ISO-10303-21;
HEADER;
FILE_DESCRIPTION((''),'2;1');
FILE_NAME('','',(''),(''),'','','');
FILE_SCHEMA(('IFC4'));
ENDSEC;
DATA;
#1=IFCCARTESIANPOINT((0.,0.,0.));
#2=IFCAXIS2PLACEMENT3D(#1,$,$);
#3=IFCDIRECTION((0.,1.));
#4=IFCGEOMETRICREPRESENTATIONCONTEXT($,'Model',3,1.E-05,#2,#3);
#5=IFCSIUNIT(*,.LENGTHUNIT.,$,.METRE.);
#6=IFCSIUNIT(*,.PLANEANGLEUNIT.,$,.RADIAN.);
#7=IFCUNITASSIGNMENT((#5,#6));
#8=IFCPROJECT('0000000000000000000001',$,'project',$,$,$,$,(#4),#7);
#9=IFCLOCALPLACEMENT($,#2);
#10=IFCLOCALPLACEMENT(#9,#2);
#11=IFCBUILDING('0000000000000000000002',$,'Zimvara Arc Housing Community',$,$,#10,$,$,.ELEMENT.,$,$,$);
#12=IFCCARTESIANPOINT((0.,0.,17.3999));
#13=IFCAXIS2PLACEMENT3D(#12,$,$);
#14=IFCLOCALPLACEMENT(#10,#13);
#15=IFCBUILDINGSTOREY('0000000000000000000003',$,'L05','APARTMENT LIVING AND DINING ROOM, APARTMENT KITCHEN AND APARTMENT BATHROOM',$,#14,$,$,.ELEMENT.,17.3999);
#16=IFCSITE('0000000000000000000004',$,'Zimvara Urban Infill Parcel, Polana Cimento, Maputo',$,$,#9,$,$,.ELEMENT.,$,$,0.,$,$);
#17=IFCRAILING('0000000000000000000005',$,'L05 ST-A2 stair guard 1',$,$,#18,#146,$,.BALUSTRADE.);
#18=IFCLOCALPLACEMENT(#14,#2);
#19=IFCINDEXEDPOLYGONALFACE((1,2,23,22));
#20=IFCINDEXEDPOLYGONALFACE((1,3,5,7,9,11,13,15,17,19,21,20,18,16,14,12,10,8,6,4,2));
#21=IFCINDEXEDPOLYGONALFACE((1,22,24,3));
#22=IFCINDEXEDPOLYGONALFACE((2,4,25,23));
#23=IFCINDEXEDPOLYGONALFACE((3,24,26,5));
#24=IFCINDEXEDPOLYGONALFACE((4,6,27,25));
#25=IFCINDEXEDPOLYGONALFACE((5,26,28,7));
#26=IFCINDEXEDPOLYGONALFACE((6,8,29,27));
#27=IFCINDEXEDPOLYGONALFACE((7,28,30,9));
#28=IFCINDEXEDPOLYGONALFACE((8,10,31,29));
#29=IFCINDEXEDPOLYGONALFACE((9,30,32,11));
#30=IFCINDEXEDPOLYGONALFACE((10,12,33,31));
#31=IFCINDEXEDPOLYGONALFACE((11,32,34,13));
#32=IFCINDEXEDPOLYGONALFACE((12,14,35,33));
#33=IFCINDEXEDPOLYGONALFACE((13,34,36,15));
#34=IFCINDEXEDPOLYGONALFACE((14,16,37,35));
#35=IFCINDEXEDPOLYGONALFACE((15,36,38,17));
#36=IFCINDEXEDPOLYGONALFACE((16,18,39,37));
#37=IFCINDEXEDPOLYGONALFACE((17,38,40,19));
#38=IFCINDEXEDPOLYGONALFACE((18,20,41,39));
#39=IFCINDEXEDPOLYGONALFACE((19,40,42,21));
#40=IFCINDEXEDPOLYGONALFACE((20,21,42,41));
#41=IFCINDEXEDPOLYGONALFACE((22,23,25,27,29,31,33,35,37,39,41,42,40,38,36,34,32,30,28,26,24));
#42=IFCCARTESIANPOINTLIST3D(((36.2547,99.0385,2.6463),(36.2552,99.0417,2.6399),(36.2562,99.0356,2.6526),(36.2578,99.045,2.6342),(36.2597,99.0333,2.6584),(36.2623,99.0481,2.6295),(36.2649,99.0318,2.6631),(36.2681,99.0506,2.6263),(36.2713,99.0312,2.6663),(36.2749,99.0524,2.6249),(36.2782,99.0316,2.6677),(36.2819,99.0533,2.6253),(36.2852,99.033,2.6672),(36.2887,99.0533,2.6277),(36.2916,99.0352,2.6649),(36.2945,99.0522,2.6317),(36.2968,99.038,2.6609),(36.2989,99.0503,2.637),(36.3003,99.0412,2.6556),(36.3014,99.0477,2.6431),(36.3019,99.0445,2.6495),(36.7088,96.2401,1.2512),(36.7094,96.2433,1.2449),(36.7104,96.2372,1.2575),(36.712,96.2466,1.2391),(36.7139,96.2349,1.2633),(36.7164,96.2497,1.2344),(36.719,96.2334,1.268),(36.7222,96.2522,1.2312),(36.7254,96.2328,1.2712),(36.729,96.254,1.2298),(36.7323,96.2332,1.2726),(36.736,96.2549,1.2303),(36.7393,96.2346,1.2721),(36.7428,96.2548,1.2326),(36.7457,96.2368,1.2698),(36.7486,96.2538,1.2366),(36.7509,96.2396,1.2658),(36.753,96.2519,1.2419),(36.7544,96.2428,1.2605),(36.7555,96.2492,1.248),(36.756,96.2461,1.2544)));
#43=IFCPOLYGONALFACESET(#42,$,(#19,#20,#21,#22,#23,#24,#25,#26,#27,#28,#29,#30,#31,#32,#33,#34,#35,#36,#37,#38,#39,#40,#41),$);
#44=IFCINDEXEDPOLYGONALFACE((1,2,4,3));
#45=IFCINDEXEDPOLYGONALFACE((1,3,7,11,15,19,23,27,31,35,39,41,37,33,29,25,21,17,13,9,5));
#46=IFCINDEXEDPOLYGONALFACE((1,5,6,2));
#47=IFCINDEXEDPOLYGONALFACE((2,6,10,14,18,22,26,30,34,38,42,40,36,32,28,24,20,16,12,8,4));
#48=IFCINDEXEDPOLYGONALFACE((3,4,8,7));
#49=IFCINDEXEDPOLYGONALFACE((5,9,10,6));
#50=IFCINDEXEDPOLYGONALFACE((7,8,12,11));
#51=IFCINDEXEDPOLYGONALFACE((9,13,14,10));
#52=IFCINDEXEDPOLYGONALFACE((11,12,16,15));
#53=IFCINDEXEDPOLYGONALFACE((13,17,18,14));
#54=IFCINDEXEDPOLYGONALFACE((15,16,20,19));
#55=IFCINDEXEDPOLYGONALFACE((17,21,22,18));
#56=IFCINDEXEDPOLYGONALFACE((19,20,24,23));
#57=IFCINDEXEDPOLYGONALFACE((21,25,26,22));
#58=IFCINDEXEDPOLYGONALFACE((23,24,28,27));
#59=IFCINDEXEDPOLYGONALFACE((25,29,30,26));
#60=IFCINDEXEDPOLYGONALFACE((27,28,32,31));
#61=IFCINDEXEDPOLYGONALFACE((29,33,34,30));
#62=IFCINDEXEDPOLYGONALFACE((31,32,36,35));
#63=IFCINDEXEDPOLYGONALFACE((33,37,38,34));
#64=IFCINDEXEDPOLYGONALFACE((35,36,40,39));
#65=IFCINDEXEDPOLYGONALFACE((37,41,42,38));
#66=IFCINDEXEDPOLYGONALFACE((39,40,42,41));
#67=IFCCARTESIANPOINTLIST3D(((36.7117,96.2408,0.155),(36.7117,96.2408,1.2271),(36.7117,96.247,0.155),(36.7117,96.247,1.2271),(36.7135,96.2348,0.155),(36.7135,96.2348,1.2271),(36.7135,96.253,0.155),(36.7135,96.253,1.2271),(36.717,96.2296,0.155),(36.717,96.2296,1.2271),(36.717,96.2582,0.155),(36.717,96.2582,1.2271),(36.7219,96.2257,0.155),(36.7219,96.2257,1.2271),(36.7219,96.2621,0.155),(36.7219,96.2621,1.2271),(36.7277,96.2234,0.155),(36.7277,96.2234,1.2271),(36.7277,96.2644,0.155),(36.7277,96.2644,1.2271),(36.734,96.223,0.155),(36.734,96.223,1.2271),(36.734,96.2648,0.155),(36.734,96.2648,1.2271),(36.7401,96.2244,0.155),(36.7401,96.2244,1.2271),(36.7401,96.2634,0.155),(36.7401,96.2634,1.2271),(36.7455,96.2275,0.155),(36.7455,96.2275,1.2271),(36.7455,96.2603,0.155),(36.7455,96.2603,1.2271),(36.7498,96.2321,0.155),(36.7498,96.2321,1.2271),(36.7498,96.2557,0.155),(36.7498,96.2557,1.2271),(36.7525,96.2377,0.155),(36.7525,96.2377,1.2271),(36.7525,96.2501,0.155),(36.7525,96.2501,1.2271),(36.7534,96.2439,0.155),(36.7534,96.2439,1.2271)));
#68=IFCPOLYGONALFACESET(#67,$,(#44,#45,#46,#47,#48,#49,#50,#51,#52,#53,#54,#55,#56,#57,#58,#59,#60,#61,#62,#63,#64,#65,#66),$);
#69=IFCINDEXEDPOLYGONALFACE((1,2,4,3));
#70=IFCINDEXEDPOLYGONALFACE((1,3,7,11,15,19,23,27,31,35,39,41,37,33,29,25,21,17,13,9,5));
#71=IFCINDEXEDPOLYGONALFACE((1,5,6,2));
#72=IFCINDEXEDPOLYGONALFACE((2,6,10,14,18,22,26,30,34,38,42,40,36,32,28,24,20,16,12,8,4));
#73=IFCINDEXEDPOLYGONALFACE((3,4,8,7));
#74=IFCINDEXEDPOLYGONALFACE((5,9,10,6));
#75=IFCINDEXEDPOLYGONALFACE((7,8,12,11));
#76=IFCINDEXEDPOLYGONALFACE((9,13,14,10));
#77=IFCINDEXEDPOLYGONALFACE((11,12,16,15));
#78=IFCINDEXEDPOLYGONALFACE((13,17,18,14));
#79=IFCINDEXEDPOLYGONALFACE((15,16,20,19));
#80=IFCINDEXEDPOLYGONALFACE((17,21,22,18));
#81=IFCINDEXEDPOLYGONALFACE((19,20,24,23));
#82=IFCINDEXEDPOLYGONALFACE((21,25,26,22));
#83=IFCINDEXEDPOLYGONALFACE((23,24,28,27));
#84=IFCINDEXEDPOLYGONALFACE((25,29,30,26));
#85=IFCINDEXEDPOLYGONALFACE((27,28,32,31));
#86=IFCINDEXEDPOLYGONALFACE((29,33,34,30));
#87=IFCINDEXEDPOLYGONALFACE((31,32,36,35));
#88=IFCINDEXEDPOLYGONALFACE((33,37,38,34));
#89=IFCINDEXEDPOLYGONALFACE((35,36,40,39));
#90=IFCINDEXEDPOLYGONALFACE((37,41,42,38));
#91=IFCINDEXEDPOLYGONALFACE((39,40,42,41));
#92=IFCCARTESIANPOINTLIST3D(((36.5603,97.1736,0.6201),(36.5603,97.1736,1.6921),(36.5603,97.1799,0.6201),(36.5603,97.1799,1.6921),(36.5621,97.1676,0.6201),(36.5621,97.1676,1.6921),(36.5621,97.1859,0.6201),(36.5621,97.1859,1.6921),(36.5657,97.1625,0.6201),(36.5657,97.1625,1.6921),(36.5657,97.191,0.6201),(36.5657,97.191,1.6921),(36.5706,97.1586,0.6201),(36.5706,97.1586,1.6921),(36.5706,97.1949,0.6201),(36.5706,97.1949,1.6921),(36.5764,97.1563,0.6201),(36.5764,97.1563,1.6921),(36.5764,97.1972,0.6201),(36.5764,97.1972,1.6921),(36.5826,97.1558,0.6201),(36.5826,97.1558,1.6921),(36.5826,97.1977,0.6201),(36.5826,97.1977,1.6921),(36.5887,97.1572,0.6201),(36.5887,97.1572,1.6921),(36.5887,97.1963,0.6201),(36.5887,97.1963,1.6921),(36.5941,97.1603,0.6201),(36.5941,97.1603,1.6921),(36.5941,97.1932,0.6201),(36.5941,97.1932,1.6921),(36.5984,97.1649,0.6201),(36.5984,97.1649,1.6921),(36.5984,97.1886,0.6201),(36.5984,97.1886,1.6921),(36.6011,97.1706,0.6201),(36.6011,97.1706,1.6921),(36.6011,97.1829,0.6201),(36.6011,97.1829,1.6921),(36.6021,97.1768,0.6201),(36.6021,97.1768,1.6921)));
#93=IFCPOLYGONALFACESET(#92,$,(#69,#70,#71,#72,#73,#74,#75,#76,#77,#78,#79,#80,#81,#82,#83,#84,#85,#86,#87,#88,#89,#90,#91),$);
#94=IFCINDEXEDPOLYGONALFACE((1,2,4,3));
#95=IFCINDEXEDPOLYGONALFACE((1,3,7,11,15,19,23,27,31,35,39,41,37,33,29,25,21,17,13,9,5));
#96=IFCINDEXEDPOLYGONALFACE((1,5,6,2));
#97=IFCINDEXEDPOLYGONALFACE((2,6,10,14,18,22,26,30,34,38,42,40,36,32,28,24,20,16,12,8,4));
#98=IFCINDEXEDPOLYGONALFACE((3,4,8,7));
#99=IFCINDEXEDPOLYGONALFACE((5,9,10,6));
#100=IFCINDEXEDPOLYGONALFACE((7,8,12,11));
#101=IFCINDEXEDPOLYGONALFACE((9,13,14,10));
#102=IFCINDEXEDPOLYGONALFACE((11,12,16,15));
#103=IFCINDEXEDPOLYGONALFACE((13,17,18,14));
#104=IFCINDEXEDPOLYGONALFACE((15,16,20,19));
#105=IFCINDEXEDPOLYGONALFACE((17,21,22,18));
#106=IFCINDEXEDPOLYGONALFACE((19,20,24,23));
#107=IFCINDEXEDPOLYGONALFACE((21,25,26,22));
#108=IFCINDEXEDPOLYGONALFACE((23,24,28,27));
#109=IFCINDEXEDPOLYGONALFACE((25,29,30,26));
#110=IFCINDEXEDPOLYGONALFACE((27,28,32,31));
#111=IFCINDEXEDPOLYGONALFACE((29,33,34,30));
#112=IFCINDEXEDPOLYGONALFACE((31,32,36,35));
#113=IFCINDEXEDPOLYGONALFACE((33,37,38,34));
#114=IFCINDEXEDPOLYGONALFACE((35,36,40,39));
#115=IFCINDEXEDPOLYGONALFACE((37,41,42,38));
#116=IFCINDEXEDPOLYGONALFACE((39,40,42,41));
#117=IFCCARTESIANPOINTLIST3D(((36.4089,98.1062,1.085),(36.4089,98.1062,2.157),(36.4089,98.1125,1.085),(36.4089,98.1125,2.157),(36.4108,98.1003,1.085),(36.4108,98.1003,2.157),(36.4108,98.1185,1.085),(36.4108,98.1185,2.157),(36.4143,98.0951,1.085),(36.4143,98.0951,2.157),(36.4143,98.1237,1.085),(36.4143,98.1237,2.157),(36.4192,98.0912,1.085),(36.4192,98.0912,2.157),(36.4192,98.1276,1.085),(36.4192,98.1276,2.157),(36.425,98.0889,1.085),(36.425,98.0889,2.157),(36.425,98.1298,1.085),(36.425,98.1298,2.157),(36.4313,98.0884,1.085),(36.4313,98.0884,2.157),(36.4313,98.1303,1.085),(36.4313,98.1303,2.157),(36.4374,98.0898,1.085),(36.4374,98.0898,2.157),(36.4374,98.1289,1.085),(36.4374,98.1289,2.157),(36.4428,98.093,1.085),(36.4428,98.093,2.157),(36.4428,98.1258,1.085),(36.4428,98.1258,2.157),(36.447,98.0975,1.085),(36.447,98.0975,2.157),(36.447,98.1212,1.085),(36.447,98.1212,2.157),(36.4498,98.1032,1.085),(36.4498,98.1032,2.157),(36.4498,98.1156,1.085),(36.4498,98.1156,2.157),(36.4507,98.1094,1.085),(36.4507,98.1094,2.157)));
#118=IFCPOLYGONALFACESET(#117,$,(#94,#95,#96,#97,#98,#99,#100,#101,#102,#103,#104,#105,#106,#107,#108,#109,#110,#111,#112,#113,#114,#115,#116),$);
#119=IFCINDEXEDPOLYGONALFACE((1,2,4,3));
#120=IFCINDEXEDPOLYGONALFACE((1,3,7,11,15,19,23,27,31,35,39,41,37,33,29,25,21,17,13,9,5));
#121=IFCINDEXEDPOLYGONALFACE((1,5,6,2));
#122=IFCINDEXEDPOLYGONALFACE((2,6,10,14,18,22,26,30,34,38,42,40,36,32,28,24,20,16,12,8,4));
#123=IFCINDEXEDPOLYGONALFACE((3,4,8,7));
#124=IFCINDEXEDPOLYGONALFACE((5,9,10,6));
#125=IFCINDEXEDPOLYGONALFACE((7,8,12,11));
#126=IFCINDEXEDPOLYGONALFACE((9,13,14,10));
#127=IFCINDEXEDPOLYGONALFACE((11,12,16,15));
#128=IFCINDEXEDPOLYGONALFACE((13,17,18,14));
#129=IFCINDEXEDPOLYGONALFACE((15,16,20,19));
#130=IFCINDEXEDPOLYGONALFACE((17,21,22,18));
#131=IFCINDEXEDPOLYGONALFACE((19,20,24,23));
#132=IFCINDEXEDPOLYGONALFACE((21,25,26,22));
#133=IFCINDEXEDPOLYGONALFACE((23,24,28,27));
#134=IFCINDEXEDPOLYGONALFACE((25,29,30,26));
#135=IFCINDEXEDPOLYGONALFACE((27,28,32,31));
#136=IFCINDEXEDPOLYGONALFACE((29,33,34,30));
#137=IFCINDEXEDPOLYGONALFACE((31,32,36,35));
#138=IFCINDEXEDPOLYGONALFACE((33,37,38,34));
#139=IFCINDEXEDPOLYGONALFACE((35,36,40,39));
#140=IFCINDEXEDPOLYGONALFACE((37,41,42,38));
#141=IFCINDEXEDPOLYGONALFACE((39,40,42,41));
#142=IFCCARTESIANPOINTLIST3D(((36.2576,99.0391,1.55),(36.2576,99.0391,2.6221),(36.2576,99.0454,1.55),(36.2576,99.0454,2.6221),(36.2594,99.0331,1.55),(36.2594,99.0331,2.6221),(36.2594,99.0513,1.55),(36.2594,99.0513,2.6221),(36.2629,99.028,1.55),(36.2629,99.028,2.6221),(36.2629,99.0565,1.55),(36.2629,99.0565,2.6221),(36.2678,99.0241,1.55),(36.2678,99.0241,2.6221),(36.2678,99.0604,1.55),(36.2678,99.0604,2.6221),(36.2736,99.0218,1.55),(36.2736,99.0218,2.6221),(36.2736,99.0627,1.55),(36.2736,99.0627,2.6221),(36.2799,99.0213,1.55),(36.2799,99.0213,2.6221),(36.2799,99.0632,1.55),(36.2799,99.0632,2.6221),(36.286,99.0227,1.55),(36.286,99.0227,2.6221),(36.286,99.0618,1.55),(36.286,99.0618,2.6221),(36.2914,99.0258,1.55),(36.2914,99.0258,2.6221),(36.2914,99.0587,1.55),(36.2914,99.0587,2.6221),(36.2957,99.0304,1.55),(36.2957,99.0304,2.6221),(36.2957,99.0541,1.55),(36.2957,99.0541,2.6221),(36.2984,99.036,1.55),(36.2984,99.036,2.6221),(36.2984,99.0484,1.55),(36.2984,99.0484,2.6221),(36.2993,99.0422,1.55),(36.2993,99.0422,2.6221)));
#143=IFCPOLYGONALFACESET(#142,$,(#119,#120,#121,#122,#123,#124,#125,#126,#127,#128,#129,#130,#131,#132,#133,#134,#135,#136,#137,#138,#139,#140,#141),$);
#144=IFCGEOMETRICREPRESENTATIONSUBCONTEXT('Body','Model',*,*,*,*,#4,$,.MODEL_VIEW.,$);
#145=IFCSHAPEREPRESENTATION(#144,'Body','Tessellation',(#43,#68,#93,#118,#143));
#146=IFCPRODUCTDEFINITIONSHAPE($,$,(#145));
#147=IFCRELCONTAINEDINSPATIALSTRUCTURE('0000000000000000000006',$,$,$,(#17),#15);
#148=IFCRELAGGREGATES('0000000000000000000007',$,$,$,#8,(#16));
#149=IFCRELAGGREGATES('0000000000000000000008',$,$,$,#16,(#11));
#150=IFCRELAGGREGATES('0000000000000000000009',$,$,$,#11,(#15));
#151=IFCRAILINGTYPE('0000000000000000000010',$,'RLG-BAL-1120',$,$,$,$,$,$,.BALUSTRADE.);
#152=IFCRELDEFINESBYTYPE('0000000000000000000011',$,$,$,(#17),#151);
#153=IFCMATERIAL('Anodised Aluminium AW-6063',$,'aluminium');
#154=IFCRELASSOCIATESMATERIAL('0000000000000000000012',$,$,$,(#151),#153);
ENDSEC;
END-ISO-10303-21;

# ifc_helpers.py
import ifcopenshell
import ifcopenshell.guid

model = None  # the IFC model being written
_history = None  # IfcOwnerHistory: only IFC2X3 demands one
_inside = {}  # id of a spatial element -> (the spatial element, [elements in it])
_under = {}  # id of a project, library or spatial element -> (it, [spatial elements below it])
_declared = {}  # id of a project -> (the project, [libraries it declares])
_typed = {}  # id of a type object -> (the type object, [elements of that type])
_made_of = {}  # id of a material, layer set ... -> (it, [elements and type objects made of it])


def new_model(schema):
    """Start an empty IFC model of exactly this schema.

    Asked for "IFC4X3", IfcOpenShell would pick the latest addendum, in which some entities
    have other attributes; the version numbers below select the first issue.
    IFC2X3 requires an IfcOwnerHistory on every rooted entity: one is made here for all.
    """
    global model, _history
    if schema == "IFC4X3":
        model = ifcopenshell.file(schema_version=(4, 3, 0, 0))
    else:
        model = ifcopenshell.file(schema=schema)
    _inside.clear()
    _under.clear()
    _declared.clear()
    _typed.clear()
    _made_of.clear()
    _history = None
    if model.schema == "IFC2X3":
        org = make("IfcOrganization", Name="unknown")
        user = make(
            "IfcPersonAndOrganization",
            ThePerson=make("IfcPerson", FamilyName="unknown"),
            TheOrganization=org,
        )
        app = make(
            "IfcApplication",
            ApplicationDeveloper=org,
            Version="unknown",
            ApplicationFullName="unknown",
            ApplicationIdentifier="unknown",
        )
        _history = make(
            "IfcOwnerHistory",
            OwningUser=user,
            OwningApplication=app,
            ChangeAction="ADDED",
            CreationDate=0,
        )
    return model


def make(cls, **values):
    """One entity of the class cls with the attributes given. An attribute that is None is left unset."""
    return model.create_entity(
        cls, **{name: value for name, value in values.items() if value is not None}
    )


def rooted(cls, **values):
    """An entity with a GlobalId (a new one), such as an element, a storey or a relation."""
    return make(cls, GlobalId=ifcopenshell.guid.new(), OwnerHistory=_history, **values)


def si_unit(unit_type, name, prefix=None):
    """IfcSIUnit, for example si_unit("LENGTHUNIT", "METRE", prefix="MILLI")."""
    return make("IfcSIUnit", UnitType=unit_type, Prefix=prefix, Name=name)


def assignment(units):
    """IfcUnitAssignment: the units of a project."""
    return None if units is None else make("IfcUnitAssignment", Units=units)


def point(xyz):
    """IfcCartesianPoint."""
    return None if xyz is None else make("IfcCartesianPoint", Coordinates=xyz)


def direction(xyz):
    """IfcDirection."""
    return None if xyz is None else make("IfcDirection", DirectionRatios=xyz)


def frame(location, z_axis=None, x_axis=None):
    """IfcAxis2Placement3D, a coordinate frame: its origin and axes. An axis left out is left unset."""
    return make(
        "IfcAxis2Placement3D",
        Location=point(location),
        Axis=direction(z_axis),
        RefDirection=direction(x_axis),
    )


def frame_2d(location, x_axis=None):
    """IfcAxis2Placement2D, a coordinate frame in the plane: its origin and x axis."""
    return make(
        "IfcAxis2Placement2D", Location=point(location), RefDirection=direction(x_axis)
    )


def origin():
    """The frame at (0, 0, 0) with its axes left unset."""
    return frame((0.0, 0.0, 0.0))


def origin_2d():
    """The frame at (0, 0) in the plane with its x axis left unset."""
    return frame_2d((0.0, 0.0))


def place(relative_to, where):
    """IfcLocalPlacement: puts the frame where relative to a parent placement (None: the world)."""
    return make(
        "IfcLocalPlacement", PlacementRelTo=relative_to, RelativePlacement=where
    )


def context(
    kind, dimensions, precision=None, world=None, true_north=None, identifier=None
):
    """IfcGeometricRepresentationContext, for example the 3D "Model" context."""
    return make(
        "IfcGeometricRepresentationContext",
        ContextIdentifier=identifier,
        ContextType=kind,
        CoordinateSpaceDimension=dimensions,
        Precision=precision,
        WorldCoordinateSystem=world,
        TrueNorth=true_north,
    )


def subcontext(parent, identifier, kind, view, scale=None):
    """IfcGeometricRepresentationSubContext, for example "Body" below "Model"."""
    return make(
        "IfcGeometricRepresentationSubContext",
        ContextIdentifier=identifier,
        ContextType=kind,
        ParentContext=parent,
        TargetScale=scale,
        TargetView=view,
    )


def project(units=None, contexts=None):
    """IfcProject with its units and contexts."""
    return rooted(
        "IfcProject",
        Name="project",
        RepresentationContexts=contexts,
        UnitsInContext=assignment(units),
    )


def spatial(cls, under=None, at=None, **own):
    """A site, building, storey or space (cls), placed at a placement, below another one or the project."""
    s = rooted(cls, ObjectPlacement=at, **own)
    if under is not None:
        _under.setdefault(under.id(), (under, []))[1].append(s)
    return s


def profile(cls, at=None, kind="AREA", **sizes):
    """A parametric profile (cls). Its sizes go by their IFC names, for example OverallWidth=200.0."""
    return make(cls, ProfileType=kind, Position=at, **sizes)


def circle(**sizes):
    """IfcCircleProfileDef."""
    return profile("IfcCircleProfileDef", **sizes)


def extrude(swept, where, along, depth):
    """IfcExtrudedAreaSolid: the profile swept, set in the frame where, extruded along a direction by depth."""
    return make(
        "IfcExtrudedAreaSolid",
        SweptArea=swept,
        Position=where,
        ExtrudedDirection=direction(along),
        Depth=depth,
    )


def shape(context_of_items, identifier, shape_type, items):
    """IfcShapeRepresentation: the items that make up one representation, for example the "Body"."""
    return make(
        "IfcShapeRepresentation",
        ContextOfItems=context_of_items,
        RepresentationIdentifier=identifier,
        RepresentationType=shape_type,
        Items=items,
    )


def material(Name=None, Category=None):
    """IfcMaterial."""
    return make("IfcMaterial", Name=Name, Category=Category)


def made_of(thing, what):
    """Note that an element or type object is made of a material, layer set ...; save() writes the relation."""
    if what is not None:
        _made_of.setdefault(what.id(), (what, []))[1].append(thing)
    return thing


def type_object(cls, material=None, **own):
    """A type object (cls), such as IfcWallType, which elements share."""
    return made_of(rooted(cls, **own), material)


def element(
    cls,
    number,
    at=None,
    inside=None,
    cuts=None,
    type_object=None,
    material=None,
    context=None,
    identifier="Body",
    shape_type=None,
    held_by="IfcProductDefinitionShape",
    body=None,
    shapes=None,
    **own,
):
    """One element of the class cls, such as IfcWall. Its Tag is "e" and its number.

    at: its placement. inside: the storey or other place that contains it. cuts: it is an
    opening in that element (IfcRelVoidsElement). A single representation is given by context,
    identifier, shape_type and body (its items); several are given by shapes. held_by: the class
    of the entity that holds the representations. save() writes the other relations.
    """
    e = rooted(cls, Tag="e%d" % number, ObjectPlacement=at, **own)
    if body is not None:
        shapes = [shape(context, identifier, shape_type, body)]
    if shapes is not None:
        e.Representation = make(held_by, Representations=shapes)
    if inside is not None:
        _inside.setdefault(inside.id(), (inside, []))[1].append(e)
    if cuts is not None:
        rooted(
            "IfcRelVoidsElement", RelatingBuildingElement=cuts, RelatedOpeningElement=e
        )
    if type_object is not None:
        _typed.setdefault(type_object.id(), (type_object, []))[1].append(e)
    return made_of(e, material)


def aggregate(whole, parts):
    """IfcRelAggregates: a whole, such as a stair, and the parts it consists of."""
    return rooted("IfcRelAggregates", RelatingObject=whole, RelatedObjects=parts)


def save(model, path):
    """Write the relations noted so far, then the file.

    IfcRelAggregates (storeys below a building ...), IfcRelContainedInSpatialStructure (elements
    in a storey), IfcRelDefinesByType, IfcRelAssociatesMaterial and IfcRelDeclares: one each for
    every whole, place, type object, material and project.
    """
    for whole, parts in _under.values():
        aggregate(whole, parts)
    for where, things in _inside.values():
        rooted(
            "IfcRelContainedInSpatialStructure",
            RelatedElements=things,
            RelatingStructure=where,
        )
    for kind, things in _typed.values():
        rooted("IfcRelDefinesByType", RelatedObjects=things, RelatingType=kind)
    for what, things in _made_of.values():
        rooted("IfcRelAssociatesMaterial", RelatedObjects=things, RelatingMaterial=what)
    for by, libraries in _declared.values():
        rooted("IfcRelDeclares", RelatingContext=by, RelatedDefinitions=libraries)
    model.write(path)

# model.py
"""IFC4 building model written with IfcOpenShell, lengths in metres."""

from ifc_helpers import new_model, si_unit, direction, frame, origin, origin_2d, place, context, subcontext, project, spatial, circle, extrude, material, type_object, element, save


model = new_model("IFC4")

# Units and contexts
model_context = context("Model", 3, precision=1e-05, world=origin(), true_north=direction((0.0, 1.0)))
body_context = subcontext(model_context, "Body", "Model", "MODEL_VIEW")
ifc_project = project(units=[si_unit("LENGTHUNIT", "METRE"), si_unit("PLANEANGLEUNIT", "RADIAN")], contexts=[model_context])

# Site, building, storey
site_placement = place(None, origin())
site = spatial("IfcSite", under=ifc_project, at=site_placement, Name="Zimvara Urban Infill Parcel, Polana Cimento, Maputo", CompositionType="ELEMENT", RefElevation=0.0)
building_placement = place(site_placement, origin())
building = spatial("IfcBuilding", under=site, at=building_placement, Name="Zimvara Arc Housing Community", CompositionType="ELEMENT")
storey_placement = place(building_placement, frame((0.0, 0.0, 17.3999)))
storey = spatial("IfcBuildingStorey", under=building, at=storey_placement, Name="L05", Description="APARTMENT LIVING AND DINING ROOM, APARTMENT KITCHEN AND APARTMENT BATHROOM", CompositionType="ELEMENT", Elevation=17.3999)

# Railing
ifc_material_1 = material(Name="Anodised Aluminium AW-6063", Category="aluminium")
railing_type_1 = type_object("IfcRailingType", Name="RLG-BAL-1120", PredefinedType="BALUSTRADE", material=ifc_material_1)
railing_1_placement = place(storey_placement, frame((36.7324, 96.2439, 0.155)))
element("IfcRailing", 1, at=railing_1_placement, inside=storey, type_object=railing_type_1, Name="L05 ST-A2 stair guard 1", PredefinedType="BALUSTRADE", context=body_context, shape_type="SweptSolid", body=[
    extrude(circle(Radius=0.0239, at=origin_2d()), frame((0.0, 0.0, 1.0962), z_axis=(-0.143722, 0.885666, 0.44152), x_axis=(-0.987088, -0.16018, 0.0)), (0.0, 0.0, 1.0), 3.1597),
    extrude(circle(Radius=0.021, at=origin_2d()), origin(), (0.0, 0.0, 1.0), 1.072),
    extrude(circle(Radius=0.021, at=origin_2d()), frame((-0.1514, 0.9329, 0.4651)), (0.0, 0.0, 1.0), 1.072),
    extrude(circle(Radius=0.021, at=origin_2d()), frame((-0.3027, 1.8655, 0.9299)), (0.0, 0.0, 1.0), 1.072),
    extrude(circle(Radius=0.021, at=origin_2d()), frame((-0.4541, 2.7983, 1.395)), (0.0, 0.0, 1.0), 1.072),
])

save(model, "model.ifc")
